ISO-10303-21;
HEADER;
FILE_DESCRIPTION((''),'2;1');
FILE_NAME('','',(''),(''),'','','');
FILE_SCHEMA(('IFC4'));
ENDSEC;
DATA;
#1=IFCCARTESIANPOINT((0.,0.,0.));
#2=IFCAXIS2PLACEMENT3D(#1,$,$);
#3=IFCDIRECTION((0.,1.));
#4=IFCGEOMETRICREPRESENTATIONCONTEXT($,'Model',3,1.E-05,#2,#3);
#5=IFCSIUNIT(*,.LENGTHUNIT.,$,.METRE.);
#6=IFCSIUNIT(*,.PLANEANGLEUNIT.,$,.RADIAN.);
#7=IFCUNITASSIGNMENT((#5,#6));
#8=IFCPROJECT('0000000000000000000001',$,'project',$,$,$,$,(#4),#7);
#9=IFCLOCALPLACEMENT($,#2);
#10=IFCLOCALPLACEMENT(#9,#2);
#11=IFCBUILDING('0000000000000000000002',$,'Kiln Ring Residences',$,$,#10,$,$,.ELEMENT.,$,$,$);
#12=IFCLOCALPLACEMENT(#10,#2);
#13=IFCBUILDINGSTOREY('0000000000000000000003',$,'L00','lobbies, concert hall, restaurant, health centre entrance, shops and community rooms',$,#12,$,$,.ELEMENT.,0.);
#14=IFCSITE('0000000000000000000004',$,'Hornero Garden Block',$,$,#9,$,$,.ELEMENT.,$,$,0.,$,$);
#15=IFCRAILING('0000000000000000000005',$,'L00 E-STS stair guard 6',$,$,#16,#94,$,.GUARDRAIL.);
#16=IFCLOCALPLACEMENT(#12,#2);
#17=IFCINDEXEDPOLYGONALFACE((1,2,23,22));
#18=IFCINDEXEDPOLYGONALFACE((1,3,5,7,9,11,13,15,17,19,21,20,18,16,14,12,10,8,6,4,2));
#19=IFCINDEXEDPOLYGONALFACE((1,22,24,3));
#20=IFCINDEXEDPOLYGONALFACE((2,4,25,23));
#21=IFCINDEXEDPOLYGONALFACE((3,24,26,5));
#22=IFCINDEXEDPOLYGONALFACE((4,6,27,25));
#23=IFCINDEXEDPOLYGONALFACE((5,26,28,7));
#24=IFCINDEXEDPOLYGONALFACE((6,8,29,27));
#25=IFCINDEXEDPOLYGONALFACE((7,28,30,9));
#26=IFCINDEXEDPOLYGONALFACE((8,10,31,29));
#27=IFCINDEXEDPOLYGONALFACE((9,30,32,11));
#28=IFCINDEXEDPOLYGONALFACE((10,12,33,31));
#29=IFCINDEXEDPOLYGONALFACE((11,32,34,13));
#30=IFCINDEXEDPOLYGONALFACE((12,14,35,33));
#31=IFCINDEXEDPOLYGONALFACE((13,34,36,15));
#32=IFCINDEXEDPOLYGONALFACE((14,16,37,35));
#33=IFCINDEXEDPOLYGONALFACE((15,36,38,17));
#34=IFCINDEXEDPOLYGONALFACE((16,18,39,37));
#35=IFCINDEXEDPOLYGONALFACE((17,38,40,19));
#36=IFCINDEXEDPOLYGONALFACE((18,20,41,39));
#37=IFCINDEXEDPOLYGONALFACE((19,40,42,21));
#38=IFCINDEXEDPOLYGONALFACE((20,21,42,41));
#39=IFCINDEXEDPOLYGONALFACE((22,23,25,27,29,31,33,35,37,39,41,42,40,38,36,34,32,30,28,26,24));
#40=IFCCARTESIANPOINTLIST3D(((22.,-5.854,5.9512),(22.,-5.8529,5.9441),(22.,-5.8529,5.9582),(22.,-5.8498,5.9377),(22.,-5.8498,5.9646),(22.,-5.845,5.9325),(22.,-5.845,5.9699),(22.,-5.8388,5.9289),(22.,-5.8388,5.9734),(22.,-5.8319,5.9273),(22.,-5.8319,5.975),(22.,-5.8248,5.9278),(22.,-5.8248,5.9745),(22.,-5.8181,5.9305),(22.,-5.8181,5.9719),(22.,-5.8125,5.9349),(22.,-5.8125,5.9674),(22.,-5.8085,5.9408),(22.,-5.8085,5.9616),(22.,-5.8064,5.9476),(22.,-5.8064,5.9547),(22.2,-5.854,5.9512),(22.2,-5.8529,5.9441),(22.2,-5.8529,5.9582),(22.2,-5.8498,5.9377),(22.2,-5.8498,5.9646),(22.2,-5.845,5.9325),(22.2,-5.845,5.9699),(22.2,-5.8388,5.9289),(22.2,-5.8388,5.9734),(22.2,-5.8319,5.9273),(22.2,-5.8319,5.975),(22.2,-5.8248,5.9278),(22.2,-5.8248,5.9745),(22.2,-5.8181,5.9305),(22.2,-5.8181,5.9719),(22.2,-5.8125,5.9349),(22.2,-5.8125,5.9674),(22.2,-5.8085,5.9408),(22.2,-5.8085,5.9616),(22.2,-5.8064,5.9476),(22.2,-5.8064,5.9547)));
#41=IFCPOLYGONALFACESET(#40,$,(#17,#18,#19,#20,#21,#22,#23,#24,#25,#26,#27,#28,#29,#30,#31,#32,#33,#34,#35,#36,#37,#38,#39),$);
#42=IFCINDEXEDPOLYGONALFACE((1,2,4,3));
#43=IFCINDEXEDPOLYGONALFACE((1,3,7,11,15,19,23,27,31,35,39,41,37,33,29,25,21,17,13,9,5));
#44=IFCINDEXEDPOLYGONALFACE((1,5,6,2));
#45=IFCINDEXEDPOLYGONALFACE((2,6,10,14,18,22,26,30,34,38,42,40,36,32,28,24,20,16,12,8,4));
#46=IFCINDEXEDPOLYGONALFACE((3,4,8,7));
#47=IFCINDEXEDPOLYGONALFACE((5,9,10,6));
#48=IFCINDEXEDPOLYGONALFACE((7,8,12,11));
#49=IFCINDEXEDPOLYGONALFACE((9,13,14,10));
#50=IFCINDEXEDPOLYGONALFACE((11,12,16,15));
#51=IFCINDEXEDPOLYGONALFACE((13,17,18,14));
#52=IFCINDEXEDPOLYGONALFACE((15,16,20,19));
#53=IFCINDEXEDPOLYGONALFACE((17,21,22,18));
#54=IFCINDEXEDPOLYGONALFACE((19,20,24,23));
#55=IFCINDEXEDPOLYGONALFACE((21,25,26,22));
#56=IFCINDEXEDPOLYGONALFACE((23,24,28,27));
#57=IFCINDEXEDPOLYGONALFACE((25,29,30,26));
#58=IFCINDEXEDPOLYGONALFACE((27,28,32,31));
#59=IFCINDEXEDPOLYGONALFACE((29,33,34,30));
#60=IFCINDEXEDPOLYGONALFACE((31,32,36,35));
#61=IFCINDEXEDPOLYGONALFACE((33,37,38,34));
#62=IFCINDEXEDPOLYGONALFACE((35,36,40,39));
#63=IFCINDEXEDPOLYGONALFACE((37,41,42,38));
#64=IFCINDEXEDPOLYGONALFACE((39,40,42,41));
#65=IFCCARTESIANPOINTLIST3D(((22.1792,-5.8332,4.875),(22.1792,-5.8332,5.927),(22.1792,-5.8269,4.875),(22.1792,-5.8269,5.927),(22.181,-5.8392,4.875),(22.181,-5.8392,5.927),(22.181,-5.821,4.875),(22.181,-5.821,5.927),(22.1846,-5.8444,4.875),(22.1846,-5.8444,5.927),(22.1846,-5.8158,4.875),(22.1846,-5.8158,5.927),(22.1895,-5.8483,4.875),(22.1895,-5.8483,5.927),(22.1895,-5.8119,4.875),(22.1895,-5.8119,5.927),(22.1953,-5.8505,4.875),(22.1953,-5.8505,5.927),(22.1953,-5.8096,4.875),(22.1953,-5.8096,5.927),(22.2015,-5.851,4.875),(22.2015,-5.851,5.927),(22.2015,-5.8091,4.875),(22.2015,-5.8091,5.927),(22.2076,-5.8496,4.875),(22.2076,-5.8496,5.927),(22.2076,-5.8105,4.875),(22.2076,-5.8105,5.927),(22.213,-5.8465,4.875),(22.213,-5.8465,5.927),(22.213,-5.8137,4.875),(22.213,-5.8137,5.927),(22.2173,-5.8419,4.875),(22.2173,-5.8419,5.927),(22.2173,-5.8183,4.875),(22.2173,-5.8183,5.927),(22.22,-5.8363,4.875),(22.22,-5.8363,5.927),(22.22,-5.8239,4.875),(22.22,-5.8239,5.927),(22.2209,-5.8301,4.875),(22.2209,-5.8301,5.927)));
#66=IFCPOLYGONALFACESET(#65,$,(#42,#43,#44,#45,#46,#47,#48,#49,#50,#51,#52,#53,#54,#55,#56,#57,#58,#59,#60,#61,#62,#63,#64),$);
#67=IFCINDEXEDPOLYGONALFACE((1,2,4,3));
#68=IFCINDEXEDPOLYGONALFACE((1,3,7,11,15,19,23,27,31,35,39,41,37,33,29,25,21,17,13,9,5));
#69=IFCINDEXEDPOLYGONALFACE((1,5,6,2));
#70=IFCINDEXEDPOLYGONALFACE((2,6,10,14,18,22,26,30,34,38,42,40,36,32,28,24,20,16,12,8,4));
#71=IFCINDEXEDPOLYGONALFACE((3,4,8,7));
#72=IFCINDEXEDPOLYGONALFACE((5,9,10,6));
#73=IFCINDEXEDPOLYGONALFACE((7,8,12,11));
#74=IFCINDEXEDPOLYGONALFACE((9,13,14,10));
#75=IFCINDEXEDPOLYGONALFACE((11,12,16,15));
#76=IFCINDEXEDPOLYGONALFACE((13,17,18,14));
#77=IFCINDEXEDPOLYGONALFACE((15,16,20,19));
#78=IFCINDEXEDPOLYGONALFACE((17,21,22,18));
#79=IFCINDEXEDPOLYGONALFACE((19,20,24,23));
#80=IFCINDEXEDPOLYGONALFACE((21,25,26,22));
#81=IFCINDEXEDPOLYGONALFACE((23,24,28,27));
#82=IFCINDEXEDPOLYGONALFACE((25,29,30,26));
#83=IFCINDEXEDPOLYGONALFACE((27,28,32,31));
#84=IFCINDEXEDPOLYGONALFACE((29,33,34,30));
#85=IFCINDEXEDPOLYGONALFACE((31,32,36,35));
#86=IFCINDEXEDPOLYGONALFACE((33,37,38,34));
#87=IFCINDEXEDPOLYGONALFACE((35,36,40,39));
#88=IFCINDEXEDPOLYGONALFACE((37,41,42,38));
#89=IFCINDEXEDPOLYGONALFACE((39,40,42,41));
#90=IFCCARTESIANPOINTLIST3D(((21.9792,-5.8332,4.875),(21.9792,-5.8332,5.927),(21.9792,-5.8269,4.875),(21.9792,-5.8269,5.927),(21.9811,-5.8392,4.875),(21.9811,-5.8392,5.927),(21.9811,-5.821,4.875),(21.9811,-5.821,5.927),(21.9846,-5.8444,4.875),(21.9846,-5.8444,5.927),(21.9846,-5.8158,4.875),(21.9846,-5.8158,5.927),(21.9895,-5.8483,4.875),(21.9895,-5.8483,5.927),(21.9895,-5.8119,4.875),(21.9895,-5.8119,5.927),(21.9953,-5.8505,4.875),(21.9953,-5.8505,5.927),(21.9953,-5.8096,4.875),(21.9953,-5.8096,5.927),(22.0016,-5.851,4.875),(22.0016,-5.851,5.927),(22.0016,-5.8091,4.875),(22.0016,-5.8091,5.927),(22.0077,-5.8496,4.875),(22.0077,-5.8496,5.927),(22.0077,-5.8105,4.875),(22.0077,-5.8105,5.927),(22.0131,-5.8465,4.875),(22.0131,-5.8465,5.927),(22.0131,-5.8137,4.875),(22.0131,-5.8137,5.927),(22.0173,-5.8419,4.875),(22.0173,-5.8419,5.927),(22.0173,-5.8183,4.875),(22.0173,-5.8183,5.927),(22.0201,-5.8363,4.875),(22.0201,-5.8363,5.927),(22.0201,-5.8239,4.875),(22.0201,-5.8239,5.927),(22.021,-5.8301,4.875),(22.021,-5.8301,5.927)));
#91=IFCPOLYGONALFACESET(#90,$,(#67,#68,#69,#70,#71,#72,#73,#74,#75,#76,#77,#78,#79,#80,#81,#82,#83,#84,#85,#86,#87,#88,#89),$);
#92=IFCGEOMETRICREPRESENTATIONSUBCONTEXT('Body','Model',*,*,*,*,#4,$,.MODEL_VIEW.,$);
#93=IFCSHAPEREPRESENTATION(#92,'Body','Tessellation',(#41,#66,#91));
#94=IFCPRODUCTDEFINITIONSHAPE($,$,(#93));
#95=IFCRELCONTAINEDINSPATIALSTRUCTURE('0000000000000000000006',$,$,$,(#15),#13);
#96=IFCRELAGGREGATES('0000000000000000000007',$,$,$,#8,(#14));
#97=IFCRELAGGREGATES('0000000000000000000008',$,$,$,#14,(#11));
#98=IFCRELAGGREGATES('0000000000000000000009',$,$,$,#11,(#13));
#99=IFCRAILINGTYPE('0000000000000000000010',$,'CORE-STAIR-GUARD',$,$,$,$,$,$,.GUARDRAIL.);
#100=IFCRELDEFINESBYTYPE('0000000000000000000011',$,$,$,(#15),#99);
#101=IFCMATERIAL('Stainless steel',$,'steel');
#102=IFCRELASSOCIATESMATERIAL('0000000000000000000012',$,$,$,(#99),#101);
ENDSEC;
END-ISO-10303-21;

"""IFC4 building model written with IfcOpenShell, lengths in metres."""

from ifc_helpers import new_model, si_unit, direction, frame, origin, origin_2d, place, context, subcontext, project, spatial, circle, extrude, material, type_object, element, save


model = new_model("IFC4")

# Units and contexts
model_context = context("Model", 3, precision=1e-05, world=origin(), true_north=direction((0.0, 1.0)))
body_context = subcontext(model_context, "Body", "Model", "MODEL_VIEW")
ifc_project = project(units=[si_unit("LENGTHUNIT", "METRE"), si_unit("PLANEANGLEUNIT", "RADIAN")], contexts=[model_context])

# Site, building, storey
site_placement = place(None, origin())
site = spatial("IfcSite", under=ifc_project, at=site_placement, Name="Hornero Garden Block", CompositionType="ELEMENT", RefElevation=0.0)
building_placement = place(site_placement, origin())
building = spatial("IfcBuilding", under=site, at=building_placement, Name="Kiln Ring Residences", CompositionType="ELEMENT")
storey_placement = place(building_placement, origin())
storey = spatial("IfcBuildingStorey", under=building, at=storey_placement, Name="L00", Description="lobbies, concert hall, restaurant, health centre entrance, shops and community rooms", CompositionType="ELEMENT", Elevation=0.0)

# Railing
ifc_material_1 = material(Name="Stainless steel", Category="steel")
railing_type_1 = type_object("IfcRailingType", Name="CORE-STAIR-GUARD", PredefinedType="GUARDRAIL", material=ifc_material_1)
railing_placement = place(storey_placement, frame((22.2, -5.8301, 4.875)))
element("IfcRailing", 1, at=railing_placement, inside=storey, type_object=railing_type_1, Name="L00 E-STS stair guard 6", PredefinedType="GUARDRAIL", context=body_context, shape_type="SweptSolid", body=[
    extrude(circle(Radius=0.0239, at=origin_2d()), frame((0.0, 0.0, 1.0762), z_axis=(-1.0, 0.0, 0.0), x_axis=(0.0, -1.0, 0.0)), (0.0, 0.0, 1.0), 0.2),
    extrude(circle(Radius=0.021, at=origin_2d()), origin(), (0.0, 0.0, 1.0), 1.052),
    extrude(circle(Radius=0.021, at=origin_2d()), frame((-0.2, 0.0, 0.0)), (0.0, 0.0, 1.0), 1.052),
])

save(model, "model.ifc")
